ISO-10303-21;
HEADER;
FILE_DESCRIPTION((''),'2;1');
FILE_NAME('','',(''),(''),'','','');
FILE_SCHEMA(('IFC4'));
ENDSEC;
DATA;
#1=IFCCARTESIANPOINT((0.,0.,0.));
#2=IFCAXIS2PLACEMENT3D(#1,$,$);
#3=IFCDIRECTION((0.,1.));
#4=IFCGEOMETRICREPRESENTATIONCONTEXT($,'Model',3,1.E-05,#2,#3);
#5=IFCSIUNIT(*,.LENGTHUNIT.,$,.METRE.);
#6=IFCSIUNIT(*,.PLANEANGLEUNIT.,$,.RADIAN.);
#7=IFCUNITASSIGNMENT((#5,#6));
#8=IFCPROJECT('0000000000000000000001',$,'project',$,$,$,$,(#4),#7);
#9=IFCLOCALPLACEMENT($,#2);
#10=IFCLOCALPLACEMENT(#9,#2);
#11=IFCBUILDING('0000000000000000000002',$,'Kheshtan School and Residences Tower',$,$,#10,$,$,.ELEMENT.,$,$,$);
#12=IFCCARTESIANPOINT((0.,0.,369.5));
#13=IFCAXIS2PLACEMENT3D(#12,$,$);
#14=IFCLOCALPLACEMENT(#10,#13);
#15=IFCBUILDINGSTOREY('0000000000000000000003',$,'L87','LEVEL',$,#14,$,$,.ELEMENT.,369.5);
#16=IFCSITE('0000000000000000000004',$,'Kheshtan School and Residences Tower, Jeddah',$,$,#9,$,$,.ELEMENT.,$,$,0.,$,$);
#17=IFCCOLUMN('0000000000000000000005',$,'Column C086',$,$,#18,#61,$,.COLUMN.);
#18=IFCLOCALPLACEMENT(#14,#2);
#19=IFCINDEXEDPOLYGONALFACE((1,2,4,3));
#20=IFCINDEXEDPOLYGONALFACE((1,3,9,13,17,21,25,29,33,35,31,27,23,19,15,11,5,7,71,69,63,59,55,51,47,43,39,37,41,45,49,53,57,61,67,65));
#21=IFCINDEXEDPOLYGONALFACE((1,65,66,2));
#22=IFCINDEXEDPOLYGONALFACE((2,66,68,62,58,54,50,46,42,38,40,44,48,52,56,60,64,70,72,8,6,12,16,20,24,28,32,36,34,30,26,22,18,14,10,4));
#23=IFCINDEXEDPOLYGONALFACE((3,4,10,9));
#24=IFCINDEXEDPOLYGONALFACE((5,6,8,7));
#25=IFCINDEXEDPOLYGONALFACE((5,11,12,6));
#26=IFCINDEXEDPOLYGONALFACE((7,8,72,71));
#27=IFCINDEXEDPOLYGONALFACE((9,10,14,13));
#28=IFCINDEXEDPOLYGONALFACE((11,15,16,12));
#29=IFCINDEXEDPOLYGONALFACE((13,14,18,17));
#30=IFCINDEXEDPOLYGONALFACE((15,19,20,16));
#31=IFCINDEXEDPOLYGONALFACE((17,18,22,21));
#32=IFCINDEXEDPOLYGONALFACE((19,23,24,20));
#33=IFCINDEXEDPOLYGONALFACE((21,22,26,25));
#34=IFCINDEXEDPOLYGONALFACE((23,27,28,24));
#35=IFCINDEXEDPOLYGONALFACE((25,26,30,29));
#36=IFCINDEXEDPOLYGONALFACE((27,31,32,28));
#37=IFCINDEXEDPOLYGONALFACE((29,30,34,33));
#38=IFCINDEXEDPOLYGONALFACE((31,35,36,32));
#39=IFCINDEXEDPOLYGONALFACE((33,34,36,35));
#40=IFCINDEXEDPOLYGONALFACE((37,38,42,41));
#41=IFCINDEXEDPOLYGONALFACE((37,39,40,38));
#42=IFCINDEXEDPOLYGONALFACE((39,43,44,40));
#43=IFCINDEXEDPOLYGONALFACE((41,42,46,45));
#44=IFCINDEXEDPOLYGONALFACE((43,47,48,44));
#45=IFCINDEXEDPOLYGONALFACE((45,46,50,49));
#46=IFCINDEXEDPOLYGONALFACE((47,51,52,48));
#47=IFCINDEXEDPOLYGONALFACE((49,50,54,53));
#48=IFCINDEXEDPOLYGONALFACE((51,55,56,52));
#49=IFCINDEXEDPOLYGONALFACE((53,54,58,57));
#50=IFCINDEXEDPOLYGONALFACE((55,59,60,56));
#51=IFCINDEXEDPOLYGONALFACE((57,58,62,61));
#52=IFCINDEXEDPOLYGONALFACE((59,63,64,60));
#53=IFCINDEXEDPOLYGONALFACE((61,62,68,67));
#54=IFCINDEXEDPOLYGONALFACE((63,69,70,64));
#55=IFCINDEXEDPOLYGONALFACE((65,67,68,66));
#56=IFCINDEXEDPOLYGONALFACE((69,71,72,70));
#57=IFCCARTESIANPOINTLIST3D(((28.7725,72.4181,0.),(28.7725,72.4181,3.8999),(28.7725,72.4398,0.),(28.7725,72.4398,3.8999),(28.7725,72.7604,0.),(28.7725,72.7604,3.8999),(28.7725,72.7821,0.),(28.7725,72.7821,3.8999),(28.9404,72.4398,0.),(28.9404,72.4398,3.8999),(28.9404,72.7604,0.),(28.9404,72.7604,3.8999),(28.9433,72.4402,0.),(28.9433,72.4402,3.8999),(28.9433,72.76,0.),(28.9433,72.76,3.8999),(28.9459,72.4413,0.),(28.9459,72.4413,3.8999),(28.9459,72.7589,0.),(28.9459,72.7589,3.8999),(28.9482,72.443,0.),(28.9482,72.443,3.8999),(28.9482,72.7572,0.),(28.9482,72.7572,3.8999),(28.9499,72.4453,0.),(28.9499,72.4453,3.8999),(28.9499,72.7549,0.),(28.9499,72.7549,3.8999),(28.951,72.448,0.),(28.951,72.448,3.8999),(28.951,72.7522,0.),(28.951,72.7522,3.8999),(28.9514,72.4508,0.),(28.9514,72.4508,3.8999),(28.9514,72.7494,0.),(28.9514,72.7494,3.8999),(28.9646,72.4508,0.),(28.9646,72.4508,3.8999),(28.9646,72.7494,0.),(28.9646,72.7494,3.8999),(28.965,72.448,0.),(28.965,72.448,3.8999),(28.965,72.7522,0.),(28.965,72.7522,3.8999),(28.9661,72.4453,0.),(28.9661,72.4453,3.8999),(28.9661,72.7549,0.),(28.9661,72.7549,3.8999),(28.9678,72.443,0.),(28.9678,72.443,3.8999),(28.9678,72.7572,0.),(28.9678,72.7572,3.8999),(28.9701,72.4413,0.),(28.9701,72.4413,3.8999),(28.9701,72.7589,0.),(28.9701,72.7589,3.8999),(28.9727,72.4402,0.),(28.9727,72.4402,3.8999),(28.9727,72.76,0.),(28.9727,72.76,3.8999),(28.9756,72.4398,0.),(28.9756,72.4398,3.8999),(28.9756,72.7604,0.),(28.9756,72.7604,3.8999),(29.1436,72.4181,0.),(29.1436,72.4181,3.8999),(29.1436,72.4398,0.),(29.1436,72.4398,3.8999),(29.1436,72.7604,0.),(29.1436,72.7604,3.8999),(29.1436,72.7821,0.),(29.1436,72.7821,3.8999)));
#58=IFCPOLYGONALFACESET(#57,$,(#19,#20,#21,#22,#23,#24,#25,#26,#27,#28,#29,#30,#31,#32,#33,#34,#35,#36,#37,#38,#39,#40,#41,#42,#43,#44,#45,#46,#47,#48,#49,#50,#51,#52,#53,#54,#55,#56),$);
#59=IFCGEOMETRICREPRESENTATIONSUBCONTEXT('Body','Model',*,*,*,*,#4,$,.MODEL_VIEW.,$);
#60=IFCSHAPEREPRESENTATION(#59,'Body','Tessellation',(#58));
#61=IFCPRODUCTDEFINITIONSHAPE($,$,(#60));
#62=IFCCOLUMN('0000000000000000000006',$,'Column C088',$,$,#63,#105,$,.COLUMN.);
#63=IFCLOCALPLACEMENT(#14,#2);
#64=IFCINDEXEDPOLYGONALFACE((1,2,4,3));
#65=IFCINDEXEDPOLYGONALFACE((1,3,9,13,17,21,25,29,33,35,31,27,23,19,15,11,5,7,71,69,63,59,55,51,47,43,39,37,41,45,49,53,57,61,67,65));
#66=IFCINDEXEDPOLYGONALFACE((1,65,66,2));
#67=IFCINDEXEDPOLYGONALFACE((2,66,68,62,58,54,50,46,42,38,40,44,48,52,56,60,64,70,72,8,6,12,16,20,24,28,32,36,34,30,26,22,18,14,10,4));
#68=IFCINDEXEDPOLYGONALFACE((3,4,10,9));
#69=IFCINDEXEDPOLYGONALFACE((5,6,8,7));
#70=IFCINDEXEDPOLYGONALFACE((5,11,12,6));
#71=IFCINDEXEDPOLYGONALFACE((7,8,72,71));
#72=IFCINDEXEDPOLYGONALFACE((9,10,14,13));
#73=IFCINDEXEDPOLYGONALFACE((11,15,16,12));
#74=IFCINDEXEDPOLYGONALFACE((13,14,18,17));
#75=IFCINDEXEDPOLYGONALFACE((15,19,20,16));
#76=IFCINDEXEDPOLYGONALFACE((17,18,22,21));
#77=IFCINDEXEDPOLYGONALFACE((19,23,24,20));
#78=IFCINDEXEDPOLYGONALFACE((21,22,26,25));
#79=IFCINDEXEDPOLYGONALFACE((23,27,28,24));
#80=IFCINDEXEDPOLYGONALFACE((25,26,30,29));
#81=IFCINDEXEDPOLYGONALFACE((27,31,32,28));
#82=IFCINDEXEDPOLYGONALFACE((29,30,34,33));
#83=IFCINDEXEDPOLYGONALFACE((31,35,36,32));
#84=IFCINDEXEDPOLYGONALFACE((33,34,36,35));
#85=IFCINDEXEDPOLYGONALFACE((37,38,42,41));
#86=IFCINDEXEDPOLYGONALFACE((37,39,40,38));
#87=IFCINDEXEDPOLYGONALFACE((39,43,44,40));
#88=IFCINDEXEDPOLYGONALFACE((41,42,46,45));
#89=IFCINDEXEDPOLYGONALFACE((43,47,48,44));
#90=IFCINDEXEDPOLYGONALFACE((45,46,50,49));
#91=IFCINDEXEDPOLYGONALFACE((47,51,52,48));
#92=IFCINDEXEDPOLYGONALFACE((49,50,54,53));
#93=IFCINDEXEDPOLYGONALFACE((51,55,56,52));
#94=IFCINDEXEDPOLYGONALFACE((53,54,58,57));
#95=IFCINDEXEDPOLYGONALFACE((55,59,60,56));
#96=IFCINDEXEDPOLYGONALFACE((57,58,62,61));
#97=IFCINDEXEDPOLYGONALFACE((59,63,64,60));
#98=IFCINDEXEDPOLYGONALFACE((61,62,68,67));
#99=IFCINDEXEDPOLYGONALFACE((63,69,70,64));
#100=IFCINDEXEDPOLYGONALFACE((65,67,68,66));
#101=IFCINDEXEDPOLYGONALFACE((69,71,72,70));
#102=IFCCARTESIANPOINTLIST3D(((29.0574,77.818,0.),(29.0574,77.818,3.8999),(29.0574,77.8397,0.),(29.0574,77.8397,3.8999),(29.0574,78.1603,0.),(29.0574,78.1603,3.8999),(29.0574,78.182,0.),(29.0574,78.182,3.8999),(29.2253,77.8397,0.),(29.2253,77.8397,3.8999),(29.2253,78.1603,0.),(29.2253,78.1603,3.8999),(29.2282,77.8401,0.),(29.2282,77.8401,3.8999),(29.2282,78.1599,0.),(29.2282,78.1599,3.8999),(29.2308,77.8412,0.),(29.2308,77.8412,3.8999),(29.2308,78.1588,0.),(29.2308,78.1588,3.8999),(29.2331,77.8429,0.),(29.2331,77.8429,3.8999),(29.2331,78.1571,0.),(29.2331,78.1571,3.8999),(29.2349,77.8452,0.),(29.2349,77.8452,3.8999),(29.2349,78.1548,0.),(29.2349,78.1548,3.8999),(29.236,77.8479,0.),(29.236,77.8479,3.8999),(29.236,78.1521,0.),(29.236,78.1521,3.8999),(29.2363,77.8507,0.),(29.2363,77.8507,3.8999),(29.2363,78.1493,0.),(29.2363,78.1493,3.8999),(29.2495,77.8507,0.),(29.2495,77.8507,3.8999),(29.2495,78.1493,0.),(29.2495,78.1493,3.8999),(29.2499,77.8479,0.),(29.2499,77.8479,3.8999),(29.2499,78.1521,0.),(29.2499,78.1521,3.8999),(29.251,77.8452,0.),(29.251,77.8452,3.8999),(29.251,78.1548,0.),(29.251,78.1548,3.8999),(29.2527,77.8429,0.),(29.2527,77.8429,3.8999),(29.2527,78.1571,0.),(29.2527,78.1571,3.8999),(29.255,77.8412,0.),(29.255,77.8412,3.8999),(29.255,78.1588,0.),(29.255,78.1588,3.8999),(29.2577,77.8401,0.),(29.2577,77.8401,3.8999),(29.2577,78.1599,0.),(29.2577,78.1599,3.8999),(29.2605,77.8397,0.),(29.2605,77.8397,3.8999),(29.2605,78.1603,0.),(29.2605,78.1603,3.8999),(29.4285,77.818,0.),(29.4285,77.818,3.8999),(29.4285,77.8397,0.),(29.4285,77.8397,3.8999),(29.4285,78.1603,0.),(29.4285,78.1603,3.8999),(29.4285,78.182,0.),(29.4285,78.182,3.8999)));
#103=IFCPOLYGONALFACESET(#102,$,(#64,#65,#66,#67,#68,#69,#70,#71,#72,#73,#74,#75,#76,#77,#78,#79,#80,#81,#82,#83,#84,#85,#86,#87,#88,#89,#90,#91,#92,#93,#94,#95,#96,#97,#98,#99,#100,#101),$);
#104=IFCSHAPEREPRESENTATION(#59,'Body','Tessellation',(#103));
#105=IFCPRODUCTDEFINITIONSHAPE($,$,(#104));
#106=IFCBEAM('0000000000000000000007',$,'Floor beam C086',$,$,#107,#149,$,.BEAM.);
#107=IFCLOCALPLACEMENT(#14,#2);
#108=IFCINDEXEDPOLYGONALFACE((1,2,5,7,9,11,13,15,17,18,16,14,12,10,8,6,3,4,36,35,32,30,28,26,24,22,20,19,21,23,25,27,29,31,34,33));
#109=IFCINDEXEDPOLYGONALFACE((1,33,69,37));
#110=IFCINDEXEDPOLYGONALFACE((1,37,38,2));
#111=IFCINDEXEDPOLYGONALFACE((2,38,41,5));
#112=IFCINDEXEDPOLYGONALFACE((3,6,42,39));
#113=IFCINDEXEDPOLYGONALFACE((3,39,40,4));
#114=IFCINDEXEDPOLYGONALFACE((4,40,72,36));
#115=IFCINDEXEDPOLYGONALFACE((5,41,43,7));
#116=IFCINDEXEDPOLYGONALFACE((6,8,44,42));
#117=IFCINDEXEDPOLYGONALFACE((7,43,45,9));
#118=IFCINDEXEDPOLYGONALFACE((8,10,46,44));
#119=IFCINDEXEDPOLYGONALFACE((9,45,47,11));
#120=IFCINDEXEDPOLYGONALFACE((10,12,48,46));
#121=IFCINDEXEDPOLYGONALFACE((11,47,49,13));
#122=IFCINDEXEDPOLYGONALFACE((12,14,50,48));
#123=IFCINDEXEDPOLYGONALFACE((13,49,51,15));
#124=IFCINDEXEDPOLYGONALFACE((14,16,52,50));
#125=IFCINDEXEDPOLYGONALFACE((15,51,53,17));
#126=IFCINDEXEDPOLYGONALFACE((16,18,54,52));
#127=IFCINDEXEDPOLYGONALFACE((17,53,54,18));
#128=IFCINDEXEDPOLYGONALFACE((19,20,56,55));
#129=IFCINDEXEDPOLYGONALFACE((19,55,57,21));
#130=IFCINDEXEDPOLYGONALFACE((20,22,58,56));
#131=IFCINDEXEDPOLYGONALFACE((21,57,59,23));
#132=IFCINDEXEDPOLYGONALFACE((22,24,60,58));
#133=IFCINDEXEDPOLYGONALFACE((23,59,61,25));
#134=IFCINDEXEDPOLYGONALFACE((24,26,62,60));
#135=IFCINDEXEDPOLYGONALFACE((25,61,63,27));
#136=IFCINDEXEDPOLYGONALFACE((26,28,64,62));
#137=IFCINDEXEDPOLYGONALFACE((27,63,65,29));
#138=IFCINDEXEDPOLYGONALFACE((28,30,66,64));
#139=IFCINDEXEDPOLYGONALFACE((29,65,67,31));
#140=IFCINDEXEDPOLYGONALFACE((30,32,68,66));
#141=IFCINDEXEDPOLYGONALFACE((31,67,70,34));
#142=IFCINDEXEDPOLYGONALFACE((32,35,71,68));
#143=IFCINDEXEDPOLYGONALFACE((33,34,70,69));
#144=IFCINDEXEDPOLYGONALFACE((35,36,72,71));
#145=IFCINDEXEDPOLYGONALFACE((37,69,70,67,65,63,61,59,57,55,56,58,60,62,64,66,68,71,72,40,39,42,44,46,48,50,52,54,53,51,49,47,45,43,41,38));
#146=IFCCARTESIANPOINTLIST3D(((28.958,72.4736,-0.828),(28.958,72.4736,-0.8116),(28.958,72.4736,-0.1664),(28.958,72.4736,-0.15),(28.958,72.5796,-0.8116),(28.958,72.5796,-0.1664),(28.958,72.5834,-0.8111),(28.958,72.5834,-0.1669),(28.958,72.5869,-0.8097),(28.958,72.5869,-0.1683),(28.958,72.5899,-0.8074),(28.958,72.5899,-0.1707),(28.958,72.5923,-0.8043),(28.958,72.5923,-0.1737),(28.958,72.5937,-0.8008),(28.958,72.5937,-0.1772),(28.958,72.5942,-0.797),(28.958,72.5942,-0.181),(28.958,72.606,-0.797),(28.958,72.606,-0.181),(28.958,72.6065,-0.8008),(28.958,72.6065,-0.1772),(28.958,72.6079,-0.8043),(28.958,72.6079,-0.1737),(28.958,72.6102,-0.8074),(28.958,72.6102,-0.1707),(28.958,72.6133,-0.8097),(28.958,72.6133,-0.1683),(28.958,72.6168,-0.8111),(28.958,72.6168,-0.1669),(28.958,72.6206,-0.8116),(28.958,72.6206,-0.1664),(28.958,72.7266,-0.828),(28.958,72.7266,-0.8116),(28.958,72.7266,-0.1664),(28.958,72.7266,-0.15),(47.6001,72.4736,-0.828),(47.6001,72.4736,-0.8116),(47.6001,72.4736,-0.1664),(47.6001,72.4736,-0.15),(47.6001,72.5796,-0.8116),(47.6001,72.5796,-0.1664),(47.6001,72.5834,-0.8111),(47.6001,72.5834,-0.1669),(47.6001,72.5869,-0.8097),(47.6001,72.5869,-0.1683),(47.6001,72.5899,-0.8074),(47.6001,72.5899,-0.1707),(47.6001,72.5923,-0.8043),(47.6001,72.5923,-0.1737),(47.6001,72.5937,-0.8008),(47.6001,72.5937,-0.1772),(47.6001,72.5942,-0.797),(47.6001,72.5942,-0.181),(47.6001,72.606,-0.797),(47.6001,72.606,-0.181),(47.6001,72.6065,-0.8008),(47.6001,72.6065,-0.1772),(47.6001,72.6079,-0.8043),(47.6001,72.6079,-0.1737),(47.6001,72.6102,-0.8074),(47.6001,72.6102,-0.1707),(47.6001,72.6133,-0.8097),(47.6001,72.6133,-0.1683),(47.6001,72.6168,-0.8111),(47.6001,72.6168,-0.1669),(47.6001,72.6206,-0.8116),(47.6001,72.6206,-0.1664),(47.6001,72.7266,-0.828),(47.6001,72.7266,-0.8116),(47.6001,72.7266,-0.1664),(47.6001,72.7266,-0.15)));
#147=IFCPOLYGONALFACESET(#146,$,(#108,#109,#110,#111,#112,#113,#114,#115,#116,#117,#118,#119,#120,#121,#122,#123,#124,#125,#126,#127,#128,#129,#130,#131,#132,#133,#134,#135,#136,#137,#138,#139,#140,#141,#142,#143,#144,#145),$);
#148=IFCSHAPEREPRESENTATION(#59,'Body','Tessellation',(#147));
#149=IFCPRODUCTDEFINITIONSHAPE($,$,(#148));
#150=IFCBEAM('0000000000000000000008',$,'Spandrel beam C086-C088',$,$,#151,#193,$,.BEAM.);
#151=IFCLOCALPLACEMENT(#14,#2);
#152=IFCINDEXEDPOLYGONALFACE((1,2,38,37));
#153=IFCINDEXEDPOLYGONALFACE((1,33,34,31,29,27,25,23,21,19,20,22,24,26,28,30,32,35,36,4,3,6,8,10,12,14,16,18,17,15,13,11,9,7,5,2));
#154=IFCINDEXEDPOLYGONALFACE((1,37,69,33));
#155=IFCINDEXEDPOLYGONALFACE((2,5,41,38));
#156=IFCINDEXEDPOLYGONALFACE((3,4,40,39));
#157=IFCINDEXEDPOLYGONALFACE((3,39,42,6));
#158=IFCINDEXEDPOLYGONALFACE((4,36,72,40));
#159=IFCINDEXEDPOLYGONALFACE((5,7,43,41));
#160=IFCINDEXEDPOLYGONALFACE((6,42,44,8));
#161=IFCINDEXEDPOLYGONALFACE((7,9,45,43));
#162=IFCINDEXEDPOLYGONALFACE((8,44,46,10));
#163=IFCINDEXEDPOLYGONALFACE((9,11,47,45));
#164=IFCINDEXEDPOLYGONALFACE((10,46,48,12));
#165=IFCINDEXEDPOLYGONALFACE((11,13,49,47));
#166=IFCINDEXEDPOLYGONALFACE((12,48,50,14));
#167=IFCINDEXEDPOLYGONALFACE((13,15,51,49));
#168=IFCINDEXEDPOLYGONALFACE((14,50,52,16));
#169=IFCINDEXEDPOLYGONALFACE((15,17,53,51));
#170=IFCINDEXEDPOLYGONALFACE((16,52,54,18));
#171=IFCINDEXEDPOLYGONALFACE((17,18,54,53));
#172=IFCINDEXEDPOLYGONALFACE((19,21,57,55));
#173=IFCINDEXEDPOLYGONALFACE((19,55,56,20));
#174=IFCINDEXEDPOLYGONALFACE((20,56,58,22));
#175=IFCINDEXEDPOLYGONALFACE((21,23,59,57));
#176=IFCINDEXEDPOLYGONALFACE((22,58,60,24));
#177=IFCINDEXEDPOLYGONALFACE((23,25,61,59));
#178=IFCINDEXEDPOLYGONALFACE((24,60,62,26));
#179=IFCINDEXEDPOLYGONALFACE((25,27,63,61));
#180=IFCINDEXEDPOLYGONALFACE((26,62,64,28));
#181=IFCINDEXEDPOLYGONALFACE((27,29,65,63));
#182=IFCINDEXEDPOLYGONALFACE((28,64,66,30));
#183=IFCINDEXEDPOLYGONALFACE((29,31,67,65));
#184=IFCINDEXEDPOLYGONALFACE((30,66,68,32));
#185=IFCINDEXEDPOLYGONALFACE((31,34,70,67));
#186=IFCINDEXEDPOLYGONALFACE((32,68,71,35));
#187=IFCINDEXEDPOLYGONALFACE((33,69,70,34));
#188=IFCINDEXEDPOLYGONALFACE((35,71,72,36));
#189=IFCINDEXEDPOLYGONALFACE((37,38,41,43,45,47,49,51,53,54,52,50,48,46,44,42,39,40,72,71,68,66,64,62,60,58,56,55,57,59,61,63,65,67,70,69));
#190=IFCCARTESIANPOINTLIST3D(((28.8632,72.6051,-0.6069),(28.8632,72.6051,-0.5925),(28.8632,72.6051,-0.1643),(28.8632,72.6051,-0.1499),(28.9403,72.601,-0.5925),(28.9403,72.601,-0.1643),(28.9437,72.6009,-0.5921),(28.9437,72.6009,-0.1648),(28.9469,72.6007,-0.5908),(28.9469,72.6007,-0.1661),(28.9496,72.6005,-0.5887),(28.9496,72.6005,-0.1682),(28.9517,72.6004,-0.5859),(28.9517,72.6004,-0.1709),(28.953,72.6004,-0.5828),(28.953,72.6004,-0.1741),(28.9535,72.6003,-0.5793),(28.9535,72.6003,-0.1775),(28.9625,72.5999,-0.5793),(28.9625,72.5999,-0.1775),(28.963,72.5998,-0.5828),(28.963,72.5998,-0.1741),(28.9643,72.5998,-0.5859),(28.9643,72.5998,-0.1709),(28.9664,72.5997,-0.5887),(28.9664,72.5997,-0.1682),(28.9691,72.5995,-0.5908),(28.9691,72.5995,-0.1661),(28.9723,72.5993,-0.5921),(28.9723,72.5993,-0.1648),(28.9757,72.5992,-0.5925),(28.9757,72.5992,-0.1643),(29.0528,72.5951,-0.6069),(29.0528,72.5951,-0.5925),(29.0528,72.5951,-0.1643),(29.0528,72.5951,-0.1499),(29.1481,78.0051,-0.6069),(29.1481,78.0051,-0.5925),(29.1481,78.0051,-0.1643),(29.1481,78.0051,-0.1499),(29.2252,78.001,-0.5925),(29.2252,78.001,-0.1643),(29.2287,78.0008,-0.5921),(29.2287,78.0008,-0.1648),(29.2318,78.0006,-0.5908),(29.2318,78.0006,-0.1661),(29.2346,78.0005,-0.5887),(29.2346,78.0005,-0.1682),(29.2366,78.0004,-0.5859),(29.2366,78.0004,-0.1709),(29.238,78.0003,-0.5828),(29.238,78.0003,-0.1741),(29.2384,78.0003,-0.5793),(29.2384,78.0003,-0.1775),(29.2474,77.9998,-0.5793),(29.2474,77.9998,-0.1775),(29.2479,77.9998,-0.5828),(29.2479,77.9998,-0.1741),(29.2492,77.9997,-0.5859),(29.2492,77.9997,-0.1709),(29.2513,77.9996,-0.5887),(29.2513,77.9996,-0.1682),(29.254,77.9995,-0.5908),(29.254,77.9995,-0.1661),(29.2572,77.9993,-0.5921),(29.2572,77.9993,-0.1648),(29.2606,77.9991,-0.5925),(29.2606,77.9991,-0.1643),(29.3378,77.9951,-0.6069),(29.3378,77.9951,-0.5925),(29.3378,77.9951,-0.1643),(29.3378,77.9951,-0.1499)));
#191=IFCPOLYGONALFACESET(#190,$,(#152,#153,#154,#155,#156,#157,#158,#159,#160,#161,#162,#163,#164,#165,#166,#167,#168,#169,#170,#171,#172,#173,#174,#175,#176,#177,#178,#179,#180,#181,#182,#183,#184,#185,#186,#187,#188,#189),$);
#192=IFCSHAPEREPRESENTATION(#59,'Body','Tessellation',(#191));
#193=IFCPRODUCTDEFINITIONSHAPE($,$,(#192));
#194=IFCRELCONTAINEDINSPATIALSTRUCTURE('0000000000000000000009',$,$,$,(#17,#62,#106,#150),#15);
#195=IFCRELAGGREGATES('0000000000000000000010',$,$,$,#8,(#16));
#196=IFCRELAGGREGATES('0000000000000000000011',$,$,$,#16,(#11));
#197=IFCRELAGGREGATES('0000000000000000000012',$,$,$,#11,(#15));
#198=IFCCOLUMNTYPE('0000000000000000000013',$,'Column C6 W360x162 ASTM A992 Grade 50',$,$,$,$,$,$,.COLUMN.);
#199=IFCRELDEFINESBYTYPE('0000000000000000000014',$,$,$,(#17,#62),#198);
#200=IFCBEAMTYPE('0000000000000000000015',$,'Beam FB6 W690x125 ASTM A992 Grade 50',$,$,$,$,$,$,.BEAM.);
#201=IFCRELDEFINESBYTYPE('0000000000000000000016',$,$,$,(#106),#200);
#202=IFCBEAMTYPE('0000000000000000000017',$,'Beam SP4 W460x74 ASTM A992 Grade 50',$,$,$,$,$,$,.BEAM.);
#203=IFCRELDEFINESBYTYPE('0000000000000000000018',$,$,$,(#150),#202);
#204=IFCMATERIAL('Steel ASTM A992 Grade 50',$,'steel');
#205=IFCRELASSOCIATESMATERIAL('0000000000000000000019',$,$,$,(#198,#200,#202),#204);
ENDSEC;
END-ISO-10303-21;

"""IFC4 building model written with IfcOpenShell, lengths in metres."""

from ifc_helpers import new_model, si_unit, direction, frame, origin, origin_2d, place, context, subcontext, project, spatial, i_section, extrude, material, material_profile, profile_set, type_object, element, save


model = new_model("IFC4")

# Units and contexts
model_context = context("Model", 3, precision=1e-05, world=origin(), true_north=direction((0.0, 1.0)))
body_context = subcontext(model_context, "Body", "Model", "MODEL_VIEW")
ifc_project = project(units=[si_unit("LENGTHUNIT", "METRE"), si_unit("PLANEANGLEUNIT", "RADIAN")], contexts=[model_context])

# Site, building, storey
site_placement = place(None, origin())
site = spatial("IfcSite", under=ifc_project, at=site_placement, Name="Kheshtan School and Residences Tower, Jeddah", CompositionType="ELEMENT", RefElevation=0.0)
building_placement = place(site_placement, origin())
building = spatial("IfcBuilding", under=site, at=building_placement, Name="Kheshtan School and Residences Tower", CompositionType="ELEMENT")
storey_placement = place(building_placement, frame((0.0, 0.0, 369.5)))
storey = spatial("IfcBuildingStorey", under=building, at=storey_placement, Name="L87", Description="LEVEL", CompositionType="ELEMENT", Elevation=369.5)

# Columns
ifc_material_1 = material(Name="Steel ASTM A992 Grade 50", Category="steel")
ifc_material_profile_1 = material_profile(ifc_material_1, i_section(OverallWidth=0.3711, OverallDepth=0.364, WebThickness=0.0132, FlangeThickness=0.0217, FilletRadius=0.011, at=origin_2d()), Name="W360x162")
ifc_profile_set_1 = profile_set([ifc_material_profile_1], Name="Steel ASTM A992 Grade 50")
column_type = type_object("IfcColumnType", Name="Column C6 W360x162 ASTM A992 Grade 50", PredefinedType="COLUMN", material=ifc_profile_set_1)
for number, where, z_axis, x_axis, name in (
    (1, (28.958, 72.6001, 0.0), (0.0, 0.0, 1.0), (1.0, 0.0, 0.0), "Column C086"),
    (2, (29.2429, 78.0, 0.0), (0.0, 0.0, 1.0), (1.0, 0.0, 0.0), "Column C088"),
):
    element("IfcColumn", number, at=place(storey_placement, frame(where, z_axis=z_axis, x_axis=x_axis)), inside=storey, type_object=column_type, Name=name, PredefinedType="COLUMN", context=body_context, shape_type="SweptSolid", body=[
        extrude(i_section(OverallWidth=0.3711, OverallDepth=0.364, WebThickness=0.0132, FlangeThickness=0.0217, FilletRadius=0.011, at=origin_2d()), origin(), (0.0, 0.0, 1.0), 3.8999),
    ])

# Beams
ifc_material_profile_2 = material_profile(ifc_material_1, i_section(OverallWidth=0.2529, OverallDepth=0.678, WebThickness=0.0117, FlangeThickness=0.0164, FilletRadius=0.0146, at=origin_2d()), Name="W690x125")
ifc_profile_set_2 = profile_set([ifc_material_profile_2], Name="Steel ASTM A992 Grade 50")
beam_type_1 = type_object("IfcBeamType", Name="Beam FB6 W690x125 ASTM A992 Grade 50", PredefinedType="BEAM", material=ifc_profile_set_2)
beam_placement = place(storey_placement, frame((28.958, 72.6001, -0.489), z_axis=(1.0, 0.0, 0.0), x_axis=(0.0, 1.0, 0.0)))
element("IfcBeam", 3, at=beam_placement, inside=storey, type_object=beam_type_1, Name="Floor beam C086", PredefinedType="BEAM", context=body_context, shape_type="SweptSolid", body=[
    extrude(i_section(OverallWidth=0.2529, OverallDepth=0.678, WebThickness=0.0117, FlangeThickness=0.0164, FilletRadius=0.0146, at=origin_2d()), origin(), (0.0, 0.0, 1.0), 18.6421),
])
ifc_material_profile_3 = material_profile(ifc_material_1, i_section(OverallWidth=0.1899, OverallDepth=0.457, WebThickness=0.009, FlangeThickness=0.0144, FilletRadius=0.0132, at=origin_2d()), Name="W460x74")
ifc_profile_set_3 = profile_set([ifc_material_profile_3], Name="Steel ASTM A992 Grade 50")
beam_type_2 = type_object("IfcBeamType", Name="Beam SP4 W460x74 ASTM A992 Grade 50", PredefinedType="BEAM", material=ifc_profile_set_3)
for number, where, z_axis, x_axis, name in (
    (4, (28.958, 72.6001, -0.3784), (0.052689, 0.998611, 0.0), (-0.998611, 0.052689, 0.0), "Spandrel beam C086-C088"),
):
    element("IfcBeam", number, at=place(storey_placement, frame(where, z_axis=z_axis, x_axis=x_axis)), inside=storey, type_object=beam_type_2, Name=name, PredefinedType="BEAM", context=body_context, shape_type="SweptSolid", body=[
        extrude(i_section(OverallWidth=0.1899, OverallDepth=0.457, WebThickness=0.009, FlangeThickness=0.0144, FilletRadius=0.0132, at=origin_2d()), origin(), (0.0, 0.0, 1.0), 5.4075),
    ])

save(model, "model.ifc")
